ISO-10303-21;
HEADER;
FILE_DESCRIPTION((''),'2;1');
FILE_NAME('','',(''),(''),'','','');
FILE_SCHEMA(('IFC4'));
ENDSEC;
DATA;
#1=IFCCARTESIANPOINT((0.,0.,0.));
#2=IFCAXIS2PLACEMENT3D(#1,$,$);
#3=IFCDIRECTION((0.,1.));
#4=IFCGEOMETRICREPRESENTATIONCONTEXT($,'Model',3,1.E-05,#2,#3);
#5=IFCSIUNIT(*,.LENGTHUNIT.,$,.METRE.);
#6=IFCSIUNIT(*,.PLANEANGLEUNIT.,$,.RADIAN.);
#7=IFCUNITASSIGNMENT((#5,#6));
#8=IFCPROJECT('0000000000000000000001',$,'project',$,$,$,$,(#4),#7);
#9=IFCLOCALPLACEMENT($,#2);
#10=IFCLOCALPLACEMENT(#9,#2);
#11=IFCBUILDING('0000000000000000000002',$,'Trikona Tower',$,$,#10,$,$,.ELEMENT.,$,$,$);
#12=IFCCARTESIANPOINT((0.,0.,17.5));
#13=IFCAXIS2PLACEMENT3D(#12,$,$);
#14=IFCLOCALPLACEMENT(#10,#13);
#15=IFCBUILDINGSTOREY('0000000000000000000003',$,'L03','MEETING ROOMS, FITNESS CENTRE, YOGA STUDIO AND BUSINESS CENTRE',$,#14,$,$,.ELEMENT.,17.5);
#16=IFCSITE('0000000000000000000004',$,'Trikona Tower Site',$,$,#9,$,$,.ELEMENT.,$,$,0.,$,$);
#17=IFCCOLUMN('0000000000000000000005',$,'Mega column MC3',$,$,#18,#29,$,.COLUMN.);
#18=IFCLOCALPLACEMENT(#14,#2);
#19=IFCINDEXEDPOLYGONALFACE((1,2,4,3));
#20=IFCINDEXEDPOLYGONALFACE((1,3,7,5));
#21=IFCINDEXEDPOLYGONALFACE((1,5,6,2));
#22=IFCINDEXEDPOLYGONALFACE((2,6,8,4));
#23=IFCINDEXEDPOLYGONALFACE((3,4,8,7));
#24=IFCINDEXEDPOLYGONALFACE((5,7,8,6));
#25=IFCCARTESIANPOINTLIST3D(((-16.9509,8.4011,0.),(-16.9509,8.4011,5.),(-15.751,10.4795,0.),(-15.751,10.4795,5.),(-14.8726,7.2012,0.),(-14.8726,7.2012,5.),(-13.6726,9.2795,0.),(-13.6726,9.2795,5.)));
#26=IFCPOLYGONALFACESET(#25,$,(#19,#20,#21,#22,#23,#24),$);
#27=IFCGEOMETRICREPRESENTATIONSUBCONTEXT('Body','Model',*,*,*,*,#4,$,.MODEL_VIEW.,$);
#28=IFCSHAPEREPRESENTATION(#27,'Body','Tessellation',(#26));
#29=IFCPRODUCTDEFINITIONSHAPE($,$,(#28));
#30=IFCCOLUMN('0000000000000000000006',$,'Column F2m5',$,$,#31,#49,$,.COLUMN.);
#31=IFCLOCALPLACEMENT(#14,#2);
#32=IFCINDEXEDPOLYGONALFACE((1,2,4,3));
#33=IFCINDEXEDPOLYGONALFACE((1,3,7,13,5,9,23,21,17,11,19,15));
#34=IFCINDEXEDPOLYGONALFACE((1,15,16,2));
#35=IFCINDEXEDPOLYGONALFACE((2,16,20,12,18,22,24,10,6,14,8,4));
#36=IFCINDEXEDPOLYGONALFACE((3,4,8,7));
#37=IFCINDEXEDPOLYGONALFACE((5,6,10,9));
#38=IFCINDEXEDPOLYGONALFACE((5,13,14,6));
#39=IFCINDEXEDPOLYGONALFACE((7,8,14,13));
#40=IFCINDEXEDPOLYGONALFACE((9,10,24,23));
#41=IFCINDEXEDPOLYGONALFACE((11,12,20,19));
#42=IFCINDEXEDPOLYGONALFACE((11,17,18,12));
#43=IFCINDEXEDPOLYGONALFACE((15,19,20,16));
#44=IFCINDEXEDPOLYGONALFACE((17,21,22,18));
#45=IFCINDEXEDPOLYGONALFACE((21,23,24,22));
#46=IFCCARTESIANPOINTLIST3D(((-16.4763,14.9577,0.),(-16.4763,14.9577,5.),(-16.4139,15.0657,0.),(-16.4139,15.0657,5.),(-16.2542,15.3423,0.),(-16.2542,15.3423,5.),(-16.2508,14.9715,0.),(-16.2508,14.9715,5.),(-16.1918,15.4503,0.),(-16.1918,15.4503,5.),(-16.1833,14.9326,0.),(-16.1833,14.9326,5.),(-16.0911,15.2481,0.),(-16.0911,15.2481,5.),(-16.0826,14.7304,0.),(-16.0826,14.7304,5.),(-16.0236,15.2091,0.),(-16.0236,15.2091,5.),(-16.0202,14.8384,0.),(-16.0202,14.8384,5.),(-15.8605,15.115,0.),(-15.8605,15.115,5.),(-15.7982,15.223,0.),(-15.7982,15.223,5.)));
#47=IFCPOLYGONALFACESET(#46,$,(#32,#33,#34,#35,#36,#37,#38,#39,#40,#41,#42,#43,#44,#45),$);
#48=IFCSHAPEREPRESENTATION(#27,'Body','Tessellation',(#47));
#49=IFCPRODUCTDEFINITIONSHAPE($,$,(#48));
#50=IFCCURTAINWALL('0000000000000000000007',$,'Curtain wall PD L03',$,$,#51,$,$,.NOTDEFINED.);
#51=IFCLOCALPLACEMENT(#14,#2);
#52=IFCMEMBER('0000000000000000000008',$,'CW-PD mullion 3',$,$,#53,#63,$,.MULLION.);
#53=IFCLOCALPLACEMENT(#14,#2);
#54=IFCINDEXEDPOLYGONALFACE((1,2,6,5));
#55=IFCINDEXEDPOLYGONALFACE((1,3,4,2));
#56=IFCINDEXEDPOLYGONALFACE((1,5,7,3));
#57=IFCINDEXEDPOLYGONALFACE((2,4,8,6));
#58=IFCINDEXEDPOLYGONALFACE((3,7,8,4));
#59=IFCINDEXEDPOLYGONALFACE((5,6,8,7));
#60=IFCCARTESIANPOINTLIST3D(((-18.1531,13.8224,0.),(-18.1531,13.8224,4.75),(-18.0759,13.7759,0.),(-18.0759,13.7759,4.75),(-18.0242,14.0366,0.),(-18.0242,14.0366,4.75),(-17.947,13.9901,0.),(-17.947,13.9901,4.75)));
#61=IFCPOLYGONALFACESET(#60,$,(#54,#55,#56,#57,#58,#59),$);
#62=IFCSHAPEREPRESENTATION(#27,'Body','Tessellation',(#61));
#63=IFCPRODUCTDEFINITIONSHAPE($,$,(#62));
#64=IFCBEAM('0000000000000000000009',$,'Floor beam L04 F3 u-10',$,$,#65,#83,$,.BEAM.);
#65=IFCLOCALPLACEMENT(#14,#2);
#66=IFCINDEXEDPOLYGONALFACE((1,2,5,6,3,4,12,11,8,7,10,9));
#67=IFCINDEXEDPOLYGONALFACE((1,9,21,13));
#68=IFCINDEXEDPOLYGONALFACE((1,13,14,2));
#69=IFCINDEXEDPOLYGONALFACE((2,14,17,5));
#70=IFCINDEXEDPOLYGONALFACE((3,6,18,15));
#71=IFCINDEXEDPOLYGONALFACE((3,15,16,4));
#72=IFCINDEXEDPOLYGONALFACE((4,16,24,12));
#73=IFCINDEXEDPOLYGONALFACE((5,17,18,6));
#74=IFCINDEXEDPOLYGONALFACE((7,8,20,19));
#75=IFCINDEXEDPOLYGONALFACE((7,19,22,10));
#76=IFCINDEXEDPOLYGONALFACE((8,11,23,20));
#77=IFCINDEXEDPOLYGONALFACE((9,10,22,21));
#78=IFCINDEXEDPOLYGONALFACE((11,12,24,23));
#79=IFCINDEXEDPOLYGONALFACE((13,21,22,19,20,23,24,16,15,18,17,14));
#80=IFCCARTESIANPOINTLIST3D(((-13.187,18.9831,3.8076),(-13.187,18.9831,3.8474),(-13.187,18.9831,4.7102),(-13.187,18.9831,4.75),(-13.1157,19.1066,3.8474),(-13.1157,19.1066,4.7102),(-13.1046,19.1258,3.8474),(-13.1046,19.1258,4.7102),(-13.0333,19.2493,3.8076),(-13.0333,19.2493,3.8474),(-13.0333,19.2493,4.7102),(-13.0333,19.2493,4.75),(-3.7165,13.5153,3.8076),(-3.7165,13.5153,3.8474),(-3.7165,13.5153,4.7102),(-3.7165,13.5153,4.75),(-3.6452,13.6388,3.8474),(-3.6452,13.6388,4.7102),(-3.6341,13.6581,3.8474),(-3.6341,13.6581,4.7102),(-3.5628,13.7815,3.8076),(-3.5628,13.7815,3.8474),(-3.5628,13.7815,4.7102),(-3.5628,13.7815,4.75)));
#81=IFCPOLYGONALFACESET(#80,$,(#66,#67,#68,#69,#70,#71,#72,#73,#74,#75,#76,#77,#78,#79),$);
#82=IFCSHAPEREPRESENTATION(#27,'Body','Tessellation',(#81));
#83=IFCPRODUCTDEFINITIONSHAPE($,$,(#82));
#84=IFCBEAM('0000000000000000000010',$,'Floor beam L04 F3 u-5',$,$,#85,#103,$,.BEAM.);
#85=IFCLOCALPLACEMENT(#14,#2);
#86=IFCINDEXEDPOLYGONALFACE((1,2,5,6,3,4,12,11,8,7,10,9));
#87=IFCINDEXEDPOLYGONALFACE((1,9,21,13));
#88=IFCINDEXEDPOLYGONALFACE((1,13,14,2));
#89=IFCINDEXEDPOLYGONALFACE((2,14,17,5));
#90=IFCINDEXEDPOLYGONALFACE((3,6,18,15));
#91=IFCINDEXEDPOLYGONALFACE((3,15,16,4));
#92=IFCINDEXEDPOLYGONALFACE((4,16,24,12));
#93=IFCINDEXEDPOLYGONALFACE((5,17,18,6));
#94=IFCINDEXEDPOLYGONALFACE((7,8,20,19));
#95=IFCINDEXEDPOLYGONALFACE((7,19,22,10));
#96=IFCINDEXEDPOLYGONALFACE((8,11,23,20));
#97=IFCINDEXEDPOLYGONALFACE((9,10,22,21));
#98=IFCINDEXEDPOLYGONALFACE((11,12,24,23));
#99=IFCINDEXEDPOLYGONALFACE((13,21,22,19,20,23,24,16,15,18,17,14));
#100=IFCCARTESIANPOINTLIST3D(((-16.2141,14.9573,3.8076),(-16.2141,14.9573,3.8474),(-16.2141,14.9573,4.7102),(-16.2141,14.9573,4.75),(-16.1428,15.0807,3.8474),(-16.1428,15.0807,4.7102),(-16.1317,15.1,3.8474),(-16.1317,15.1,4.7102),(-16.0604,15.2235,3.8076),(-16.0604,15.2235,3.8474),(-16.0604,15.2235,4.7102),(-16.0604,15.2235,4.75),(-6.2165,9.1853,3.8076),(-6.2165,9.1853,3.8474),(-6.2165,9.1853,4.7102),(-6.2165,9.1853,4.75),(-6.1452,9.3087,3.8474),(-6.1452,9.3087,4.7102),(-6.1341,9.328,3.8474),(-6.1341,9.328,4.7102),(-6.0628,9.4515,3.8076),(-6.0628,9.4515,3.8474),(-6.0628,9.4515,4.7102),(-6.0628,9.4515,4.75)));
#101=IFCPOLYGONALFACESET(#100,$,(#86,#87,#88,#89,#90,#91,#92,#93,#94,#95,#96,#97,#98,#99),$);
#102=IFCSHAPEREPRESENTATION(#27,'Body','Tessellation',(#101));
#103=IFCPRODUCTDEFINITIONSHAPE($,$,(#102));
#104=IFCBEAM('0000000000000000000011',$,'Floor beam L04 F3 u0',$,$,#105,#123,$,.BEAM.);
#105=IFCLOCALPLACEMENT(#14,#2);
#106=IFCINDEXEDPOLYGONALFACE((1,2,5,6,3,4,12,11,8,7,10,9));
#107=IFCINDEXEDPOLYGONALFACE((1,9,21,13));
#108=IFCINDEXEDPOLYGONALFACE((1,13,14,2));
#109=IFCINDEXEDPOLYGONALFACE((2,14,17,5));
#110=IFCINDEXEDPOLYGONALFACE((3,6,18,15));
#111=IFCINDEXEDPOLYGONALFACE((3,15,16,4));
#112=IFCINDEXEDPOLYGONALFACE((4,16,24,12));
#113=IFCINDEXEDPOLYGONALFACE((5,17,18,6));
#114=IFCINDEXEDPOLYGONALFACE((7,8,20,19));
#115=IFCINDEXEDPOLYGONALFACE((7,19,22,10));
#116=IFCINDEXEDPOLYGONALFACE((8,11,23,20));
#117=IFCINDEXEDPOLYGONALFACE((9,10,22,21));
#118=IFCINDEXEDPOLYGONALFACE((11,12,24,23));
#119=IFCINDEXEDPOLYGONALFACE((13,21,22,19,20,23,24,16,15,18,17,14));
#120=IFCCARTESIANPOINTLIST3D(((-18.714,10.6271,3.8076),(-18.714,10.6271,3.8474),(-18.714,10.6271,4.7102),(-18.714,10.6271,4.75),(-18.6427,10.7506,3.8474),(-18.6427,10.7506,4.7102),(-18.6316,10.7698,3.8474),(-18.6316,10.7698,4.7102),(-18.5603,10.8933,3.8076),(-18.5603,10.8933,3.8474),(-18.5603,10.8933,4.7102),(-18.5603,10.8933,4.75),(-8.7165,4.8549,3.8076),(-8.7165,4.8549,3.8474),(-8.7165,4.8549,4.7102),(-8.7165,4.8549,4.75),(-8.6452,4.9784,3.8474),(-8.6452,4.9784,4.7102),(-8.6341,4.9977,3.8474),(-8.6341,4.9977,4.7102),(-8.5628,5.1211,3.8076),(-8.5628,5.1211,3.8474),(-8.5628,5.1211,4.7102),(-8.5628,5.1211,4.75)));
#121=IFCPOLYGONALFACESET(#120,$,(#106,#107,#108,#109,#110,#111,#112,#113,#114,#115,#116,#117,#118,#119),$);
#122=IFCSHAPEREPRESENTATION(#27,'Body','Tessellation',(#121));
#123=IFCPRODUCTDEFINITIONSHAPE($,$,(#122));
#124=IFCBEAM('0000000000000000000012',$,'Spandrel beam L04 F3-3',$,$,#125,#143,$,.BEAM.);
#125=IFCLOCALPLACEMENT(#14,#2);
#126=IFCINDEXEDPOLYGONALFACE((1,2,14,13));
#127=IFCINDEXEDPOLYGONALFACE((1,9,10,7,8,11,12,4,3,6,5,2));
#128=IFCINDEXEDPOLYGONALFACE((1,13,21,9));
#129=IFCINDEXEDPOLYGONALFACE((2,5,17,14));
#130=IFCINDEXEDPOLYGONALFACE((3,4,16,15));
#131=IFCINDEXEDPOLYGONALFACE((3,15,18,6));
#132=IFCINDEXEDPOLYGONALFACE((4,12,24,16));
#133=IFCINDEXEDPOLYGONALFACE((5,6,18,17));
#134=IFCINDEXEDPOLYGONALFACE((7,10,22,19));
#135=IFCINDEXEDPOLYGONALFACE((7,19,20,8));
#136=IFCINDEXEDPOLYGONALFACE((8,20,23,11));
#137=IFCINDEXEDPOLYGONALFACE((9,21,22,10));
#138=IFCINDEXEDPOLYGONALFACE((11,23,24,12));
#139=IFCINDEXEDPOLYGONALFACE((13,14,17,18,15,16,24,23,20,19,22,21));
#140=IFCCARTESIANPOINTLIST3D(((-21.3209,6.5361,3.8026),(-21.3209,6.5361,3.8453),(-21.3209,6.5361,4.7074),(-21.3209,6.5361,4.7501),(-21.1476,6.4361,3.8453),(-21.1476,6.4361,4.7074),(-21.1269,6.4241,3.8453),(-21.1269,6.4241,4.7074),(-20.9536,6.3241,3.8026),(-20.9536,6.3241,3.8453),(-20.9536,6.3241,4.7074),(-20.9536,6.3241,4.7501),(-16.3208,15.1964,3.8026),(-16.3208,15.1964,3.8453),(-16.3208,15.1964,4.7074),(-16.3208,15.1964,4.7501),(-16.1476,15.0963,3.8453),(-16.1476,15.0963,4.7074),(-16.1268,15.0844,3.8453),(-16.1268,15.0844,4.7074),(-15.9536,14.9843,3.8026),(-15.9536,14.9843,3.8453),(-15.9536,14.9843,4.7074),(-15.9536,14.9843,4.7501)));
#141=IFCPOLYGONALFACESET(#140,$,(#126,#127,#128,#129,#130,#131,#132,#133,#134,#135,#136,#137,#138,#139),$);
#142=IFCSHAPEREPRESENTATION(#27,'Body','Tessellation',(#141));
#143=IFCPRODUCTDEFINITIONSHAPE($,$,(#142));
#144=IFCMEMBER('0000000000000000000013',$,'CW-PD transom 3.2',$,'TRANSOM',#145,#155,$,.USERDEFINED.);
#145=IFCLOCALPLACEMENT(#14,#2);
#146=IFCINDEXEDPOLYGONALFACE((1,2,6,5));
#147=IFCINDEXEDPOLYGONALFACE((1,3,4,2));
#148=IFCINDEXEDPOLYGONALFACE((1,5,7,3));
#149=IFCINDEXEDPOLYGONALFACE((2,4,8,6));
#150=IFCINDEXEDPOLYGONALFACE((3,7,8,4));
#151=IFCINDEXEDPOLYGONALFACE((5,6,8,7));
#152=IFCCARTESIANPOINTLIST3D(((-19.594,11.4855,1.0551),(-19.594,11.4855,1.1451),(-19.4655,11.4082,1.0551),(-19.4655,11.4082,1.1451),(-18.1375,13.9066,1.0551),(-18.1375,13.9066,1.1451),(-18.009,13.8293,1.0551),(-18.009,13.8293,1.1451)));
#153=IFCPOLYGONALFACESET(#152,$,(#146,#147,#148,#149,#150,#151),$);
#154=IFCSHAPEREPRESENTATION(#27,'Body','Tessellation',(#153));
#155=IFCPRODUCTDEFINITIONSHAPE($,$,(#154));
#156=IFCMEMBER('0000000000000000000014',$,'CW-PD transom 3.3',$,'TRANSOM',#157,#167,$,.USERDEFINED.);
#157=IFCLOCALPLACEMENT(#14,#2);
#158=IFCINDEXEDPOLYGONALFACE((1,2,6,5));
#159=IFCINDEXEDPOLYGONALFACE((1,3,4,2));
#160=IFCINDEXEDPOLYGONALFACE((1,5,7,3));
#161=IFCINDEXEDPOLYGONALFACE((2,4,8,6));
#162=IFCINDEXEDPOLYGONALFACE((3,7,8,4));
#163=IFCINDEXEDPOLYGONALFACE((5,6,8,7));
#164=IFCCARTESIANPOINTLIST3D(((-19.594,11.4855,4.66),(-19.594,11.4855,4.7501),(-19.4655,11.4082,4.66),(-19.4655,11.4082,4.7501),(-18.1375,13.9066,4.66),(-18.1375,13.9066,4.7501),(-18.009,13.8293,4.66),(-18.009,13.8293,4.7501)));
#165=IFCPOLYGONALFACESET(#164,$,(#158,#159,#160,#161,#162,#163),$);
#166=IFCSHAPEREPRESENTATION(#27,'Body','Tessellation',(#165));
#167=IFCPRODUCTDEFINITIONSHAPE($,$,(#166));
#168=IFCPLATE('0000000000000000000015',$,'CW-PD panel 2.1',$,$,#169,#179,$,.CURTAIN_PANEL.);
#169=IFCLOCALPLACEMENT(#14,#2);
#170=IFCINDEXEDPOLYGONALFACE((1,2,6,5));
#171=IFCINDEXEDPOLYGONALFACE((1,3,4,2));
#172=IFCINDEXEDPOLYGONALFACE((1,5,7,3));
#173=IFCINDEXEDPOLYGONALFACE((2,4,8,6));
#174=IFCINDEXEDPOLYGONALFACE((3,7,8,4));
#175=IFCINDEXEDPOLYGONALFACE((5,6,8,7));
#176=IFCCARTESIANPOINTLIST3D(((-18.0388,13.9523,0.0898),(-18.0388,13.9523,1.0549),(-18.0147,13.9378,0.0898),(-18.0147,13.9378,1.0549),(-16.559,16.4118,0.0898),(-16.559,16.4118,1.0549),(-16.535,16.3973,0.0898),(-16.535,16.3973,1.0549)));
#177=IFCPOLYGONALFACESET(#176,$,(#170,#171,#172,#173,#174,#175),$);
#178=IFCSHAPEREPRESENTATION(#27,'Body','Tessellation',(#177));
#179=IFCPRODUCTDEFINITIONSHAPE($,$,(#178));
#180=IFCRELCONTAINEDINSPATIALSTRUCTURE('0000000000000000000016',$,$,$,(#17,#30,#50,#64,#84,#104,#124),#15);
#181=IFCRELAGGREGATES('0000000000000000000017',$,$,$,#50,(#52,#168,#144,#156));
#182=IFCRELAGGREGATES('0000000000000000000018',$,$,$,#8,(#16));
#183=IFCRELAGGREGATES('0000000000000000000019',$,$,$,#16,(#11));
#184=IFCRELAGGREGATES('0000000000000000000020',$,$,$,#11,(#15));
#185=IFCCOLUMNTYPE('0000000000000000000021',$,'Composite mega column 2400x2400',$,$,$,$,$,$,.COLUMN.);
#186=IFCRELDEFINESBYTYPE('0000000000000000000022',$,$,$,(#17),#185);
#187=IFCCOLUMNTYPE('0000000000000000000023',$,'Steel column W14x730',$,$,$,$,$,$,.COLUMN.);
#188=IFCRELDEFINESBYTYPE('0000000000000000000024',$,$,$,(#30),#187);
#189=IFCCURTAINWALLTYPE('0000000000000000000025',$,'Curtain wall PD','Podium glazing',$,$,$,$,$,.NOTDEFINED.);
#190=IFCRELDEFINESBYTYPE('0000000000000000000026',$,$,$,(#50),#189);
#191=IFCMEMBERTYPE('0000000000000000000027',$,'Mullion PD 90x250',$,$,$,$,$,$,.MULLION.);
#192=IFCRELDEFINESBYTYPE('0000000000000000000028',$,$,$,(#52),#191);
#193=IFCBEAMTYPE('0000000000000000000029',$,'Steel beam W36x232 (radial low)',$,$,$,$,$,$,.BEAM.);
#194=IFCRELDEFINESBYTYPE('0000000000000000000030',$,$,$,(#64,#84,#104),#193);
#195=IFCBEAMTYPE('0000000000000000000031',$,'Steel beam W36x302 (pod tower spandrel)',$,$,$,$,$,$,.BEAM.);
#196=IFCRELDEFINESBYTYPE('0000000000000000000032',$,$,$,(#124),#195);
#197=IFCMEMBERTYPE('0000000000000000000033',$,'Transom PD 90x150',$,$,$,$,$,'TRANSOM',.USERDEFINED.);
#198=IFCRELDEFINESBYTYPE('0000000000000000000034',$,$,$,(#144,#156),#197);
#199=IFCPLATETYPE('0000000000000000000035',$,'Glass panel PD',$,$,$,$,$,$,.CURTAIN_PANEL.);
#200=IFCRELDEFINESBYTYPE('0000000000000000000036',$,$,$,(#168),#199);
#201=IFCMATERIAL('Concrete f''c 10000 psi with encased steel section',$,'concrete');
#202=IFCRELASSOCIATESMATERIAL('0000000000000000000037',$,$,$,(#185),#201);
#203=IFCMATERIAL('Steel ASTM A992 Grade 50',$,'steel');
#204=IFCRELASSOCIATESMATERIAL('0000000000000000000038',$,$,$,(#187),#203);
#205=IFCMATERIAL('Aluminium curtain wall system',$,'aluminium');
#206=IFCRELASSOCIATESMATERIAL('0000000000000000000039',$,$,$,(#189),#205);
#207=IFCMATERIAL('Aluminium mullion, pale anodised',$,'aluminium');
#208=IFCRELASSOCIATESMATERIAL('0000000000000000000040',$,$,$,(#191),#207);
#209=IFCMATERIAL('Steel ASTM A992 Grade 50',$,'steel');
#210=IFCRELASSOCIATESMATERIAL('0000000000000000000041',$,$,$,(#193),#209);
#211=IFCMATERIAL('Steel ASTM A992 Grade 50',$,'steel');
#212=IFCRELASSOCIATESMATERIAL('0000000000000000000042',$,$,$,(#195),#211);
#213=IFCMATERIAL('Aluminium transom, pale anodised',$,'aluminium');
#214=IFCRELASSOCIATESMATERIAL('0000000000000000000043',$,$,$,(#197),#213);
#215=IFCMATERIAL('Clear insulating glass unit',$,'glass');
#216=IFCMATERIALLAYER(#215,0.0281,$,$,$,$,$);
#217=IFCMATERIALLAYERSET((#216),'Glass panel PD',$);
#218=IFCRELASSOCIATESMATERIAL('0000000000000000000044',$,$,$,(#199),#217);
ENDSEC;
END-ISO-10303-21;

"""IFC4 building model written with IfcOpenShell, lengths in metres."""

from ifc_helpers import new_model, si_unit, direction, frame, origin, origin_2d, place, context, subcontext, project, spatial, rectangle, i_section, extrude, material, layer, layer_set, material_profile, profile_set, type_object, element, aggregate, save


model = new_model("IFC4")

# Units and contexts
model_context = context("Model", 3, precision=1e-05, world=origin(), true_north=direction((0.0, 1.0)))
body_context = subcontext(model_context, "Body", "Model", "MODEL_VIEW")
ifc_project = project(units=[si_unit("LENGTHUNIT", "METRE"), si_unit("PLANEANGLEUNIT", "RADIAN")], contexts=[model_context])

# Site, building, storey
site_placement = place(None, origin())
site = spatial("IfcSite", under=ifc_project, at=site_placement, Name="Trikona Tower Site", CompositionType="ELEMENT", RefElevation=0.0)
building_placement = place(site_placement, origin())
building = spatial("IfcBuilding", under=site, at=building_placement, Name="Trikona Tower", CompositionType="ELEMENT")
storey_placement = place(building_placement, frame((0.0, 0.0, 17.5)))
storey = spatial("IfcBuildingStorey", under=building, at=storey_placement, Name="L03", Description="MEETING ROOMS, FITNESS CENTRE, YOGA STUDIO AND BUSINESS CENTRE", CompositionType="ELEMENT", Elevation=17.5)

# Columns
ifc_material_1 = material(Name="Concrete f'c 10000 psi with encased steel section", Category="concrete")
ifc_material_profile_1 = material_profile(ifc_material_1, rectangle(XDim=2.3999, YDim=2.3999, at=origin_2d()), Name="MC2400")
ifc_profile_set_1 = profile_set([ifc_material_profile_1], Name="Concrete f'c 10000 psi with encased steel section")
column_type_1 = type_object("IfcColumnType", Name="Composite mega column 2400x2400", PredefinedType="COLUMN", material=ifc_profile_set_1)
column_1_placement = place(storey_placement, frame((-15.3118, 8.8403, 0.0), z_axis=(0.0, 0.0, 1.0), x_axis=(-0.866025, 0.5, 0.0)))
element("IfcColumn", 1, at=column_1_placement, inside=storey, type_object=column_type_1, Name="Mega column MC3", PredefinedType="COLUMN", context=body_context, shape_type="SweptSolid", body=[
    extrude(rectangle(XDim=2.3999, YDim=2.3999, at=origin_2d()), origin(), (0.0, 0.0, 1.0), 5.0),
])
ifc_material_2 = material(Name="Steel ASTM A992 Grade 50", Category="steel")
ifc_material_profile_2 = material_profile(ifc_material_2, i_section(OverallWidth=0.4546, OverallDepth=0.5688, WebThickness=0.0779, FlangeThickness=0.1248, at=origin_2d()), Name="W14X730")
ifc_profile_set_2 = profile_set([ifc_material_profile_2], Name="Steel ASTM A992 Grade 50")
column_type_2 = type_object("IfcColumnType", Name="Steel column W14x730", PredefinedType="COLUMN", material=ifc_profile_set_2)
column_2_placement = place(storey_placement, frame((-16.1372, 15.0903, 0.0), z_axis=(0.0, 0.0, 1.0), x_axis=(-0.866025, 0.5, 0.0)))
element("IfcColumn", 2, at=column_2_placement, inside=storey, type_object=column_type_2, Name="Column F2m5", PredefinedType="COLUMN", context=body_context, shape_type="SweptSolid", body=[
    extrude(i_section(OverallWidth=0.4546, OverallDepth=0.5688, WebThickness=0.0779, FlangeThickness=0.1248, at=origin_2d()), origin(), (0.0, 0.0, 1.0), 5.0),
])

# Curtain wall, member
ifc_material_3 = material(Name="Aluminium curtain wall system", Category="aluminium")
curtain_wall_type = type_object("IfcCurtainWallType", Name="Curtain wall PD", Description="Podium glazing", PredefinedType="NOTDEFINED", material=ifc_material_3)
curtain_wall_placement = place(storey_placement, origin())
curtain_wall = element("IfcCurtainWall", 3, at=curtain_wall_placement, inside=storey, type_object=curtain_wall_type, Name="Curtain wall PD L03", PredefinedType="NOTDEFINED")
ifc_material_4 = material(Name="Aluminium mullion, pale anodised", Category="aluminium")
ifc_material_profile_3 = material_profile(ifc_material_4, rectangle(XDim=0.0901, YDim=0.25, at=origin_2d()), Name="MUL-PD")
ifc_profile_set_3 = profile_set([ifc_material_profile_3], Name="Aluminium mullion, pale anodised")
member_type_1 = type_object("IfcMemberType", Name="Mullion PD 90x250", PredefinedType="MULLION", material=ifc_profile_set_3)
member_1_placement = place(storey_placement, frame((-18.05, 13.9062, 0.0), z_axis=(0.0, 0.0, 1.0), x_axis=(0.85688, -0.515515, 0.0)))
member_1 = element("IfcMember", 4, at=member_1_placement, type_object=member_type_1, Name="CW-PD mullion 3", PredefinedType="MULLION", context=body_context, shape_type="SweptSolid", body=[
    extrude(rectangle(XDim=0.0901, YDim=0.25, at=origin_2d()), origin(), (0.0, 0.0, 1.0), 4.75),
])

# Beams
ifc_material_5 = material(Name="Steel ASTM A992 Grade 50", Category="steel")
ifc_material_profile_4 = material_profile(ifc_material_5, i_section(OverallWidth=0.3074, OverallDepth=0.9424, WebThickness=0.0222, FlangeThickness=0.0398, at=origin_2d()), Name="W36X232")
ifc_profile_set_4 = profile_set([ifc_material_profile_4], Name="Steel ASTM A992 Grade 50")
beam_type_1 = type_object("IfcBeamType", Name="Steel beam W36x232 (radial low)", PredefinedType="BEAM", material=ifc_profile_set_4)
beam_1_placement = place(storey_placement, frame((-3.6396, 13.6484, 4.2788), z_axis=(-0.866025, 0.5, 0.0), x_axis=(-0.5, -0.866025, 0.0)))
element("IfcBeam", 5, at=beam_1_placement, inside=storey, type_object=beam_type_1, Name="Floor beam L04 F3 u-10", PredefinedType="BEAM", context=body_context, shape_type="SweptSolid", body=[
    extrude(i_section(OverallWidth=0.3074, OverallDepth=0.9424, WebThickness=0.0222, FlangeThickness=0.0398, at=origin_2d()), origin(), (0.0, 0.0, 1.0), 10.9355),
])
for number, where, z_axis, x_axis, name in (
    (6, (-6.1396, 9.3184, 4.2788), (-0.86603, 0.499992, 0.0), (-0.499992, -0.86603, 0.0), "Floor beam L04 F3 u-5"),
    (7, (-8.6396, 4.988, 4.2788), (-0.866021, 0.500008, 0.0), (-0.500008, -0.866021, 0.0), "Floor beam L04 F3 u0"),
):
    element("IfcBeam", number, at=place(storey_placement, frame(where, z_axis=z_axis, x_axis=x_axis)), inside=storey, type_object=beam_type_1, Name=name, PredefinedType="BEAM", context=body_context, shape_type="SweptSolid", body=[
        extrude(i_section(OverallWidth=0.3074, OverallDepth=0.9424, WebThickness=0.0222, FlangeThickness=0.0398, at=origin_2d()), origin(), (0.0, 0.0, 1.0), 11.5442),
    ])
ifc_material_6 = material(Name="Steel ASTM A992 Grade 50", Category="steel")
ifc_material_profile_5 = material_profile(ifc_material_6, i_section(OverallWidth=0.4241, OverallDepth=0.9475, WebThickness=0.0239, FlangeThickness=0.0427, at=origin_2d()), Name="W36X302")
ifc_profile_set_5 = profile_set([ifc_material_profile_5], Name="Steel ASTM A992 Grade 50")
beam_type_2 = type_object("IfcBeamType", Name="Steel beam W36x302 (pod tower spandrel)", PredefinedType="BEAM", material=ifc_profile_set_5)
beam_2_placement = place(storey_placement, frame((-16.1372, 15.0903, 4.2764), z_axis=(-0.500004, -0.866023, 0.0), x_axis=(0.866023, -0.500004, 0.0)))
element("IfcBeam", 8, at=beam_2_placement, inside=storey, type_object=beam_type_2, Name="Spandrel beam L04 F3-3", PredefinedType="BEAM", context=body_context, shape_type="SweptSolid", body=[
    extrude(i_section(OverallWidth=0.4241, OverallDepth=0.9475, WebThickness=0.0239, FlangeThickness=0.0427, at=origin_2d()), origin(), (0.0, 0.0, 1.0), 10.0),
])

# Members
ifc_material_7 = material(Name="Aluminium transom, pale anodised", Category="aluminium")
ifc_material_profile_6 = material_profile(ifc_material_7, rectangle(XDim=0.1499, YDim=0.0901, at=origin_2d()), Name="TRN-PD")
ifc_profile_set_6 = profile_set([ifc_material_profile_6], Name="Aluminium transom, pale anodised")
member_type_2 = type_object("IfcMemberType", Name="Transom PD 90x150", ElementType="TRANSOM", PredefinedType="USERDEFINED", material=ifc_profile_set_6)
member_2_placement = place(storey_placement, frame((-18.0732, 13.8679, 1.1001), z_axis=(-0.515499, -0.85689, 0.0), x_axis=(0.85689, -0.515499, 0.0)))
member_2 = element("IfcMember", 9, at=member_2_placement, type_object=member_type_2, Name="CW-PD transom 3.2", ObjectType="TRANSOM", PredefinedType="USERDEFINED", context=body_context, shape_type="SweptSolid", body=[
    extrude(rectangle(XDim=0.1499, YDim=0.0901, at=origin_2d()), origin(), (0.0, 0.0, 1.0), 2.8254),
])
member_3_placement = place(storey_placement, frame((-18.0732, 13.8679, 4.7051), z_axis=(-0.515499, -0.85689, 0.0), x_axis=(0.85689, -0.515499, 0.0)))
member_3 = element("IfcMember", 10, at=member_3_placement, type_object=member_type_2, Name="CW-PD transom 3.3", ObjectType="TRANSOM", PredefinedType="USERDEFINED", context=body_context, shape_type="SweptSolid", body=[
    extrude(rectangle(XDim=0.1499, YDim=0.0901, at=origin_2d()), origin(), (0.0, 0.0, 1.0), 2.8254),
])

# Plate
ifc_material_8 = material(Name="Clear insulating glass unit", Category="glass")
ifc_layer_1 = layer(ifc_material_8, 0.0281)
ifc_layer_set_1 = layer_set([ifc_layer_1], Name="Glass panel PD")
plate_type = type_object("IfcPlateType", Name="Glass panel PD", PredefinedType="CURTAIN_PANEL", material=ifc_layer_set_1)
plate_1_placement = place(storey_placement, frame((-17.2869, 15.1748, 0.0898), z_axis=(0.0, 0.0, 1.0), x_axis=(-0.515515, -0.85688, 0.0)))
plate_1 = element("IfcPlate", 11, at=plate_1_placement, type_object=plate_type, Name="CW-PD panel 2.1", PredefinedType="CURTAIN_PANEL", context=body_context, shape_type="SweptSolid", body=[
    extrude(rectangle(XDim=2.8704, YDim=0.0281, at=origin_2d()), origin(), (0.0, 0.0, 1.0), 0.9651),
])
aggregate(curtain_wall, [member_1, plate_1, member_2, member_3])

save(model, "model.ifc")
